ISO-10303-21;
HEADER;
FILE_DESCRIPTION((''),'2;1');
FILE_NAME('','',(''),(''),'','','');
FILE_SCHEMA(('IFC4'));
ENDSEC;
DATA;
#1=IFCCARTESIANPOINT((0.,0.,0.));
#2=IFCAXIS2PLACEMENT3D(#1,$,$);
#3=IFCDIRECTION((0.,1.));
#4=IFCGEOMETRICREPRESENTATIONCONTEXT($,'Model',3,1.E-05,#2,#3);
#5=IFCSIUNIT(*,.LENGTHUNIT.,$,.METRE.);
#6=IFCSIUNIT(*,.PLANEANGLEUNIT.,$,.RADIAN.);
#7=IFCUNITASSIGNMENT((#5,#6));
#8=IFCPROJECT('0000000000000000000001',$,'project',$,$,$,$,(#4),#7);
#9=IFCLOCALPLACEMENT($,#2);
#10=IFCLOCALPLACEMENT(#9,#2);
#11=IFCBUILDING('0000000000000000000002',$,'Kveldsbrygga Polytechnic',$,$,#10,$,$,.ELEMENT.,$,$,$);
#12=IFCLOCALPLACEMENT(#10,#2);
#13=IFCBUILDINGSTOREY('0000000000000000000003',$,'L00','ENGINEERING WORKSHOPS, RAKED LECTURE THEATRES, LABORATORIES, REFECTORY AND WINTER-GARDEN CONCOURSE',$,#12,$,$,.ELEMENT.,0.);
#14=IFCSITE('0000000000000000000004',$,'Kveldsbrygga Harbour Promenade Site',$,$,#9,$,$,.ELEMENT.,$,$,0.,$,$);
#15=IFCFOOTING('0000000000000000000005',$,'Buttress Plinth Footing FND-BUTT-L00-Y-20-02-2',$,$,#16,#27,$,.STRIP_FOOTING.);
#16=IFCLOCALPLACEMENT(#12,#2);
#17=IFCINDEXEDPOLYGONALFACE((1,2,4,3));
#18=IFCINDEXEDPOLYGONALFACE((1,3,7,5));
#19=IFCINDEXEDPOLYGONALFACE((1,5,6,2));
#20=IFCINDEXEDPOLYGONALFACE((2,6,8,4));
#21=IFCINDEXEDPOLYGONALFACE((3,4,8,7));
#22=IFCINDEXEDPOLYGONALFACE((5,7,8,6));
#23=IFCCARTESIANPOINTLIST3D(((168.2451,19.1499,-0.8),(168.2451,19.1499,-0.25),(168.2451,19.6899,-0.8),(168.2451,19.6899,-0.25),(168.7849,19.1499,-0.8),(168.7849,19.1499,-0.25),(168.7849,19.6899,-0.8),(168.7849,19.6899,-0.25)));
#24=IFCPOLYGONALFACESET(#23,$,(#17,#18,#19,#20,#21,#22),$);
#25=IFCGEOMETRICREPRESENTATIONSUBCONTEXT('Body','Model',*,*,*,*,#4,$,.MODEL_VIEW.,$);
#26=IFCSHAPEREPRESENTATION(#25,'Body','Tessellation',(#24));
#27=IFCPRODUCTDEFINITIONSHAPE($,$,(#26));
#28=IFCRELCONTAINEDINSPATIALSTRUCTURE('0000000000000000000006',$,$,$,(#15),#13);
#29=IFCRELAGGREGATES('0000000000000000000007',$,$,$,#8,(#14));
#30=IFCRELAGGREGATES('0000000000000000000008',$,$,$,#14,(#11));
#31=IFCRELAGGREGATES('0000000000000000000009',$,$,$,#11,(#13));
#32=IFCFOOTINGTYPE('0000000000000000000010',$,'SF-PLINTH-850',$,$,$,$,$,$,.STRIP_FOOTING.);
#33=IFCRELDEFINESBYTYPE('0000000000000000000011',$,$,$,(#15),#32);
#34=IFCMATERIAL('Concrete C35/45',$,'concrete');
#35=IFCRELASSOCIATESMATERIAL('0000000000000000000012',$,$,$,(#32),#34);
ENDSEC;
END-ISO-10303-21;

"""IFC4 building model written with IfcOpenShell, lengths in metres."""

from ifc_helpers import new_model, si_unit, direction, frame, origin, place, context, subcontext, project, spatial, polyline, outline, extrude, material, type_object, element, save


model = new_model("IFC4")

# Units and contexts
model_context = context("Model", 3, precision=1e-05, world=origin(), true_north=direction((0.0, 1.0)))
body_context = subcontext(model_context, "Body", "Model", "MODEL_VIEW")
ifc_project = project(units=[si_unit("LENGTHUNIT", "METRE"), si_unit("PLANEANGLEUNIT", "RADIAN")], contexts=[model_context])

# Site, building, storey
site_placement = place(None, origin())
site = spatial("IfcSite", under=ifc_project, at=site_placement, Name="Kveldsbrygga Harbour Promenade Site", CompositionType="ELEMENT", RefElevation=0.0)
building_placement = place(site_placement, origin())
building = spatial("IfcBuilding", under=site, at=building_placement, Name="Kveldsbrygga Polytechnic", CompositionType="ELEMENT")
storey_placement = place(building_placement, origin())
storey = spatial("IfcBuildingStorey", under=building, at=storey_placement, Name="L00", Description="ENGINEERING WORKSHOPS, RAKED LECTURE THEATRES, LABORATORIES, REFECTORY AND WINTER-GARDEN CONCOURSE", CompositionType="ELEMENT", Elevation=0.0)

# Footing
ifc_material = material(Name="Concrete C35/45", Category="concrete")
footing_type = type_object("IfcFootingType", Name="SF-PLINTH-850", PredefinedType="STRIP_FOOTING", material=ifc_material)
footing_1_placement = place(storey_placement, frame((0.0, 0.0, -0.8)))
element("IfcFooting", 1, at=footing_1_placement, inside=storey, type_object=footing_type, Name="Buttress Plinth Footing FND-BUTT-L00-Y-20-02-2", PredefinedType="STRIP_FOOTING", context=body_context, shape_type="SweptSolid", body=[
    extrude(outline(polyline([(168.2451, 19.1499), (168.7849, 19.1499), (168.7849, 19.6899), (168.2451, 19.6899), (168.2451, 19.1499)])), origin(), (0.0, 0.0, 1.0), 0.55),
])

save(model, "model.ifc")
